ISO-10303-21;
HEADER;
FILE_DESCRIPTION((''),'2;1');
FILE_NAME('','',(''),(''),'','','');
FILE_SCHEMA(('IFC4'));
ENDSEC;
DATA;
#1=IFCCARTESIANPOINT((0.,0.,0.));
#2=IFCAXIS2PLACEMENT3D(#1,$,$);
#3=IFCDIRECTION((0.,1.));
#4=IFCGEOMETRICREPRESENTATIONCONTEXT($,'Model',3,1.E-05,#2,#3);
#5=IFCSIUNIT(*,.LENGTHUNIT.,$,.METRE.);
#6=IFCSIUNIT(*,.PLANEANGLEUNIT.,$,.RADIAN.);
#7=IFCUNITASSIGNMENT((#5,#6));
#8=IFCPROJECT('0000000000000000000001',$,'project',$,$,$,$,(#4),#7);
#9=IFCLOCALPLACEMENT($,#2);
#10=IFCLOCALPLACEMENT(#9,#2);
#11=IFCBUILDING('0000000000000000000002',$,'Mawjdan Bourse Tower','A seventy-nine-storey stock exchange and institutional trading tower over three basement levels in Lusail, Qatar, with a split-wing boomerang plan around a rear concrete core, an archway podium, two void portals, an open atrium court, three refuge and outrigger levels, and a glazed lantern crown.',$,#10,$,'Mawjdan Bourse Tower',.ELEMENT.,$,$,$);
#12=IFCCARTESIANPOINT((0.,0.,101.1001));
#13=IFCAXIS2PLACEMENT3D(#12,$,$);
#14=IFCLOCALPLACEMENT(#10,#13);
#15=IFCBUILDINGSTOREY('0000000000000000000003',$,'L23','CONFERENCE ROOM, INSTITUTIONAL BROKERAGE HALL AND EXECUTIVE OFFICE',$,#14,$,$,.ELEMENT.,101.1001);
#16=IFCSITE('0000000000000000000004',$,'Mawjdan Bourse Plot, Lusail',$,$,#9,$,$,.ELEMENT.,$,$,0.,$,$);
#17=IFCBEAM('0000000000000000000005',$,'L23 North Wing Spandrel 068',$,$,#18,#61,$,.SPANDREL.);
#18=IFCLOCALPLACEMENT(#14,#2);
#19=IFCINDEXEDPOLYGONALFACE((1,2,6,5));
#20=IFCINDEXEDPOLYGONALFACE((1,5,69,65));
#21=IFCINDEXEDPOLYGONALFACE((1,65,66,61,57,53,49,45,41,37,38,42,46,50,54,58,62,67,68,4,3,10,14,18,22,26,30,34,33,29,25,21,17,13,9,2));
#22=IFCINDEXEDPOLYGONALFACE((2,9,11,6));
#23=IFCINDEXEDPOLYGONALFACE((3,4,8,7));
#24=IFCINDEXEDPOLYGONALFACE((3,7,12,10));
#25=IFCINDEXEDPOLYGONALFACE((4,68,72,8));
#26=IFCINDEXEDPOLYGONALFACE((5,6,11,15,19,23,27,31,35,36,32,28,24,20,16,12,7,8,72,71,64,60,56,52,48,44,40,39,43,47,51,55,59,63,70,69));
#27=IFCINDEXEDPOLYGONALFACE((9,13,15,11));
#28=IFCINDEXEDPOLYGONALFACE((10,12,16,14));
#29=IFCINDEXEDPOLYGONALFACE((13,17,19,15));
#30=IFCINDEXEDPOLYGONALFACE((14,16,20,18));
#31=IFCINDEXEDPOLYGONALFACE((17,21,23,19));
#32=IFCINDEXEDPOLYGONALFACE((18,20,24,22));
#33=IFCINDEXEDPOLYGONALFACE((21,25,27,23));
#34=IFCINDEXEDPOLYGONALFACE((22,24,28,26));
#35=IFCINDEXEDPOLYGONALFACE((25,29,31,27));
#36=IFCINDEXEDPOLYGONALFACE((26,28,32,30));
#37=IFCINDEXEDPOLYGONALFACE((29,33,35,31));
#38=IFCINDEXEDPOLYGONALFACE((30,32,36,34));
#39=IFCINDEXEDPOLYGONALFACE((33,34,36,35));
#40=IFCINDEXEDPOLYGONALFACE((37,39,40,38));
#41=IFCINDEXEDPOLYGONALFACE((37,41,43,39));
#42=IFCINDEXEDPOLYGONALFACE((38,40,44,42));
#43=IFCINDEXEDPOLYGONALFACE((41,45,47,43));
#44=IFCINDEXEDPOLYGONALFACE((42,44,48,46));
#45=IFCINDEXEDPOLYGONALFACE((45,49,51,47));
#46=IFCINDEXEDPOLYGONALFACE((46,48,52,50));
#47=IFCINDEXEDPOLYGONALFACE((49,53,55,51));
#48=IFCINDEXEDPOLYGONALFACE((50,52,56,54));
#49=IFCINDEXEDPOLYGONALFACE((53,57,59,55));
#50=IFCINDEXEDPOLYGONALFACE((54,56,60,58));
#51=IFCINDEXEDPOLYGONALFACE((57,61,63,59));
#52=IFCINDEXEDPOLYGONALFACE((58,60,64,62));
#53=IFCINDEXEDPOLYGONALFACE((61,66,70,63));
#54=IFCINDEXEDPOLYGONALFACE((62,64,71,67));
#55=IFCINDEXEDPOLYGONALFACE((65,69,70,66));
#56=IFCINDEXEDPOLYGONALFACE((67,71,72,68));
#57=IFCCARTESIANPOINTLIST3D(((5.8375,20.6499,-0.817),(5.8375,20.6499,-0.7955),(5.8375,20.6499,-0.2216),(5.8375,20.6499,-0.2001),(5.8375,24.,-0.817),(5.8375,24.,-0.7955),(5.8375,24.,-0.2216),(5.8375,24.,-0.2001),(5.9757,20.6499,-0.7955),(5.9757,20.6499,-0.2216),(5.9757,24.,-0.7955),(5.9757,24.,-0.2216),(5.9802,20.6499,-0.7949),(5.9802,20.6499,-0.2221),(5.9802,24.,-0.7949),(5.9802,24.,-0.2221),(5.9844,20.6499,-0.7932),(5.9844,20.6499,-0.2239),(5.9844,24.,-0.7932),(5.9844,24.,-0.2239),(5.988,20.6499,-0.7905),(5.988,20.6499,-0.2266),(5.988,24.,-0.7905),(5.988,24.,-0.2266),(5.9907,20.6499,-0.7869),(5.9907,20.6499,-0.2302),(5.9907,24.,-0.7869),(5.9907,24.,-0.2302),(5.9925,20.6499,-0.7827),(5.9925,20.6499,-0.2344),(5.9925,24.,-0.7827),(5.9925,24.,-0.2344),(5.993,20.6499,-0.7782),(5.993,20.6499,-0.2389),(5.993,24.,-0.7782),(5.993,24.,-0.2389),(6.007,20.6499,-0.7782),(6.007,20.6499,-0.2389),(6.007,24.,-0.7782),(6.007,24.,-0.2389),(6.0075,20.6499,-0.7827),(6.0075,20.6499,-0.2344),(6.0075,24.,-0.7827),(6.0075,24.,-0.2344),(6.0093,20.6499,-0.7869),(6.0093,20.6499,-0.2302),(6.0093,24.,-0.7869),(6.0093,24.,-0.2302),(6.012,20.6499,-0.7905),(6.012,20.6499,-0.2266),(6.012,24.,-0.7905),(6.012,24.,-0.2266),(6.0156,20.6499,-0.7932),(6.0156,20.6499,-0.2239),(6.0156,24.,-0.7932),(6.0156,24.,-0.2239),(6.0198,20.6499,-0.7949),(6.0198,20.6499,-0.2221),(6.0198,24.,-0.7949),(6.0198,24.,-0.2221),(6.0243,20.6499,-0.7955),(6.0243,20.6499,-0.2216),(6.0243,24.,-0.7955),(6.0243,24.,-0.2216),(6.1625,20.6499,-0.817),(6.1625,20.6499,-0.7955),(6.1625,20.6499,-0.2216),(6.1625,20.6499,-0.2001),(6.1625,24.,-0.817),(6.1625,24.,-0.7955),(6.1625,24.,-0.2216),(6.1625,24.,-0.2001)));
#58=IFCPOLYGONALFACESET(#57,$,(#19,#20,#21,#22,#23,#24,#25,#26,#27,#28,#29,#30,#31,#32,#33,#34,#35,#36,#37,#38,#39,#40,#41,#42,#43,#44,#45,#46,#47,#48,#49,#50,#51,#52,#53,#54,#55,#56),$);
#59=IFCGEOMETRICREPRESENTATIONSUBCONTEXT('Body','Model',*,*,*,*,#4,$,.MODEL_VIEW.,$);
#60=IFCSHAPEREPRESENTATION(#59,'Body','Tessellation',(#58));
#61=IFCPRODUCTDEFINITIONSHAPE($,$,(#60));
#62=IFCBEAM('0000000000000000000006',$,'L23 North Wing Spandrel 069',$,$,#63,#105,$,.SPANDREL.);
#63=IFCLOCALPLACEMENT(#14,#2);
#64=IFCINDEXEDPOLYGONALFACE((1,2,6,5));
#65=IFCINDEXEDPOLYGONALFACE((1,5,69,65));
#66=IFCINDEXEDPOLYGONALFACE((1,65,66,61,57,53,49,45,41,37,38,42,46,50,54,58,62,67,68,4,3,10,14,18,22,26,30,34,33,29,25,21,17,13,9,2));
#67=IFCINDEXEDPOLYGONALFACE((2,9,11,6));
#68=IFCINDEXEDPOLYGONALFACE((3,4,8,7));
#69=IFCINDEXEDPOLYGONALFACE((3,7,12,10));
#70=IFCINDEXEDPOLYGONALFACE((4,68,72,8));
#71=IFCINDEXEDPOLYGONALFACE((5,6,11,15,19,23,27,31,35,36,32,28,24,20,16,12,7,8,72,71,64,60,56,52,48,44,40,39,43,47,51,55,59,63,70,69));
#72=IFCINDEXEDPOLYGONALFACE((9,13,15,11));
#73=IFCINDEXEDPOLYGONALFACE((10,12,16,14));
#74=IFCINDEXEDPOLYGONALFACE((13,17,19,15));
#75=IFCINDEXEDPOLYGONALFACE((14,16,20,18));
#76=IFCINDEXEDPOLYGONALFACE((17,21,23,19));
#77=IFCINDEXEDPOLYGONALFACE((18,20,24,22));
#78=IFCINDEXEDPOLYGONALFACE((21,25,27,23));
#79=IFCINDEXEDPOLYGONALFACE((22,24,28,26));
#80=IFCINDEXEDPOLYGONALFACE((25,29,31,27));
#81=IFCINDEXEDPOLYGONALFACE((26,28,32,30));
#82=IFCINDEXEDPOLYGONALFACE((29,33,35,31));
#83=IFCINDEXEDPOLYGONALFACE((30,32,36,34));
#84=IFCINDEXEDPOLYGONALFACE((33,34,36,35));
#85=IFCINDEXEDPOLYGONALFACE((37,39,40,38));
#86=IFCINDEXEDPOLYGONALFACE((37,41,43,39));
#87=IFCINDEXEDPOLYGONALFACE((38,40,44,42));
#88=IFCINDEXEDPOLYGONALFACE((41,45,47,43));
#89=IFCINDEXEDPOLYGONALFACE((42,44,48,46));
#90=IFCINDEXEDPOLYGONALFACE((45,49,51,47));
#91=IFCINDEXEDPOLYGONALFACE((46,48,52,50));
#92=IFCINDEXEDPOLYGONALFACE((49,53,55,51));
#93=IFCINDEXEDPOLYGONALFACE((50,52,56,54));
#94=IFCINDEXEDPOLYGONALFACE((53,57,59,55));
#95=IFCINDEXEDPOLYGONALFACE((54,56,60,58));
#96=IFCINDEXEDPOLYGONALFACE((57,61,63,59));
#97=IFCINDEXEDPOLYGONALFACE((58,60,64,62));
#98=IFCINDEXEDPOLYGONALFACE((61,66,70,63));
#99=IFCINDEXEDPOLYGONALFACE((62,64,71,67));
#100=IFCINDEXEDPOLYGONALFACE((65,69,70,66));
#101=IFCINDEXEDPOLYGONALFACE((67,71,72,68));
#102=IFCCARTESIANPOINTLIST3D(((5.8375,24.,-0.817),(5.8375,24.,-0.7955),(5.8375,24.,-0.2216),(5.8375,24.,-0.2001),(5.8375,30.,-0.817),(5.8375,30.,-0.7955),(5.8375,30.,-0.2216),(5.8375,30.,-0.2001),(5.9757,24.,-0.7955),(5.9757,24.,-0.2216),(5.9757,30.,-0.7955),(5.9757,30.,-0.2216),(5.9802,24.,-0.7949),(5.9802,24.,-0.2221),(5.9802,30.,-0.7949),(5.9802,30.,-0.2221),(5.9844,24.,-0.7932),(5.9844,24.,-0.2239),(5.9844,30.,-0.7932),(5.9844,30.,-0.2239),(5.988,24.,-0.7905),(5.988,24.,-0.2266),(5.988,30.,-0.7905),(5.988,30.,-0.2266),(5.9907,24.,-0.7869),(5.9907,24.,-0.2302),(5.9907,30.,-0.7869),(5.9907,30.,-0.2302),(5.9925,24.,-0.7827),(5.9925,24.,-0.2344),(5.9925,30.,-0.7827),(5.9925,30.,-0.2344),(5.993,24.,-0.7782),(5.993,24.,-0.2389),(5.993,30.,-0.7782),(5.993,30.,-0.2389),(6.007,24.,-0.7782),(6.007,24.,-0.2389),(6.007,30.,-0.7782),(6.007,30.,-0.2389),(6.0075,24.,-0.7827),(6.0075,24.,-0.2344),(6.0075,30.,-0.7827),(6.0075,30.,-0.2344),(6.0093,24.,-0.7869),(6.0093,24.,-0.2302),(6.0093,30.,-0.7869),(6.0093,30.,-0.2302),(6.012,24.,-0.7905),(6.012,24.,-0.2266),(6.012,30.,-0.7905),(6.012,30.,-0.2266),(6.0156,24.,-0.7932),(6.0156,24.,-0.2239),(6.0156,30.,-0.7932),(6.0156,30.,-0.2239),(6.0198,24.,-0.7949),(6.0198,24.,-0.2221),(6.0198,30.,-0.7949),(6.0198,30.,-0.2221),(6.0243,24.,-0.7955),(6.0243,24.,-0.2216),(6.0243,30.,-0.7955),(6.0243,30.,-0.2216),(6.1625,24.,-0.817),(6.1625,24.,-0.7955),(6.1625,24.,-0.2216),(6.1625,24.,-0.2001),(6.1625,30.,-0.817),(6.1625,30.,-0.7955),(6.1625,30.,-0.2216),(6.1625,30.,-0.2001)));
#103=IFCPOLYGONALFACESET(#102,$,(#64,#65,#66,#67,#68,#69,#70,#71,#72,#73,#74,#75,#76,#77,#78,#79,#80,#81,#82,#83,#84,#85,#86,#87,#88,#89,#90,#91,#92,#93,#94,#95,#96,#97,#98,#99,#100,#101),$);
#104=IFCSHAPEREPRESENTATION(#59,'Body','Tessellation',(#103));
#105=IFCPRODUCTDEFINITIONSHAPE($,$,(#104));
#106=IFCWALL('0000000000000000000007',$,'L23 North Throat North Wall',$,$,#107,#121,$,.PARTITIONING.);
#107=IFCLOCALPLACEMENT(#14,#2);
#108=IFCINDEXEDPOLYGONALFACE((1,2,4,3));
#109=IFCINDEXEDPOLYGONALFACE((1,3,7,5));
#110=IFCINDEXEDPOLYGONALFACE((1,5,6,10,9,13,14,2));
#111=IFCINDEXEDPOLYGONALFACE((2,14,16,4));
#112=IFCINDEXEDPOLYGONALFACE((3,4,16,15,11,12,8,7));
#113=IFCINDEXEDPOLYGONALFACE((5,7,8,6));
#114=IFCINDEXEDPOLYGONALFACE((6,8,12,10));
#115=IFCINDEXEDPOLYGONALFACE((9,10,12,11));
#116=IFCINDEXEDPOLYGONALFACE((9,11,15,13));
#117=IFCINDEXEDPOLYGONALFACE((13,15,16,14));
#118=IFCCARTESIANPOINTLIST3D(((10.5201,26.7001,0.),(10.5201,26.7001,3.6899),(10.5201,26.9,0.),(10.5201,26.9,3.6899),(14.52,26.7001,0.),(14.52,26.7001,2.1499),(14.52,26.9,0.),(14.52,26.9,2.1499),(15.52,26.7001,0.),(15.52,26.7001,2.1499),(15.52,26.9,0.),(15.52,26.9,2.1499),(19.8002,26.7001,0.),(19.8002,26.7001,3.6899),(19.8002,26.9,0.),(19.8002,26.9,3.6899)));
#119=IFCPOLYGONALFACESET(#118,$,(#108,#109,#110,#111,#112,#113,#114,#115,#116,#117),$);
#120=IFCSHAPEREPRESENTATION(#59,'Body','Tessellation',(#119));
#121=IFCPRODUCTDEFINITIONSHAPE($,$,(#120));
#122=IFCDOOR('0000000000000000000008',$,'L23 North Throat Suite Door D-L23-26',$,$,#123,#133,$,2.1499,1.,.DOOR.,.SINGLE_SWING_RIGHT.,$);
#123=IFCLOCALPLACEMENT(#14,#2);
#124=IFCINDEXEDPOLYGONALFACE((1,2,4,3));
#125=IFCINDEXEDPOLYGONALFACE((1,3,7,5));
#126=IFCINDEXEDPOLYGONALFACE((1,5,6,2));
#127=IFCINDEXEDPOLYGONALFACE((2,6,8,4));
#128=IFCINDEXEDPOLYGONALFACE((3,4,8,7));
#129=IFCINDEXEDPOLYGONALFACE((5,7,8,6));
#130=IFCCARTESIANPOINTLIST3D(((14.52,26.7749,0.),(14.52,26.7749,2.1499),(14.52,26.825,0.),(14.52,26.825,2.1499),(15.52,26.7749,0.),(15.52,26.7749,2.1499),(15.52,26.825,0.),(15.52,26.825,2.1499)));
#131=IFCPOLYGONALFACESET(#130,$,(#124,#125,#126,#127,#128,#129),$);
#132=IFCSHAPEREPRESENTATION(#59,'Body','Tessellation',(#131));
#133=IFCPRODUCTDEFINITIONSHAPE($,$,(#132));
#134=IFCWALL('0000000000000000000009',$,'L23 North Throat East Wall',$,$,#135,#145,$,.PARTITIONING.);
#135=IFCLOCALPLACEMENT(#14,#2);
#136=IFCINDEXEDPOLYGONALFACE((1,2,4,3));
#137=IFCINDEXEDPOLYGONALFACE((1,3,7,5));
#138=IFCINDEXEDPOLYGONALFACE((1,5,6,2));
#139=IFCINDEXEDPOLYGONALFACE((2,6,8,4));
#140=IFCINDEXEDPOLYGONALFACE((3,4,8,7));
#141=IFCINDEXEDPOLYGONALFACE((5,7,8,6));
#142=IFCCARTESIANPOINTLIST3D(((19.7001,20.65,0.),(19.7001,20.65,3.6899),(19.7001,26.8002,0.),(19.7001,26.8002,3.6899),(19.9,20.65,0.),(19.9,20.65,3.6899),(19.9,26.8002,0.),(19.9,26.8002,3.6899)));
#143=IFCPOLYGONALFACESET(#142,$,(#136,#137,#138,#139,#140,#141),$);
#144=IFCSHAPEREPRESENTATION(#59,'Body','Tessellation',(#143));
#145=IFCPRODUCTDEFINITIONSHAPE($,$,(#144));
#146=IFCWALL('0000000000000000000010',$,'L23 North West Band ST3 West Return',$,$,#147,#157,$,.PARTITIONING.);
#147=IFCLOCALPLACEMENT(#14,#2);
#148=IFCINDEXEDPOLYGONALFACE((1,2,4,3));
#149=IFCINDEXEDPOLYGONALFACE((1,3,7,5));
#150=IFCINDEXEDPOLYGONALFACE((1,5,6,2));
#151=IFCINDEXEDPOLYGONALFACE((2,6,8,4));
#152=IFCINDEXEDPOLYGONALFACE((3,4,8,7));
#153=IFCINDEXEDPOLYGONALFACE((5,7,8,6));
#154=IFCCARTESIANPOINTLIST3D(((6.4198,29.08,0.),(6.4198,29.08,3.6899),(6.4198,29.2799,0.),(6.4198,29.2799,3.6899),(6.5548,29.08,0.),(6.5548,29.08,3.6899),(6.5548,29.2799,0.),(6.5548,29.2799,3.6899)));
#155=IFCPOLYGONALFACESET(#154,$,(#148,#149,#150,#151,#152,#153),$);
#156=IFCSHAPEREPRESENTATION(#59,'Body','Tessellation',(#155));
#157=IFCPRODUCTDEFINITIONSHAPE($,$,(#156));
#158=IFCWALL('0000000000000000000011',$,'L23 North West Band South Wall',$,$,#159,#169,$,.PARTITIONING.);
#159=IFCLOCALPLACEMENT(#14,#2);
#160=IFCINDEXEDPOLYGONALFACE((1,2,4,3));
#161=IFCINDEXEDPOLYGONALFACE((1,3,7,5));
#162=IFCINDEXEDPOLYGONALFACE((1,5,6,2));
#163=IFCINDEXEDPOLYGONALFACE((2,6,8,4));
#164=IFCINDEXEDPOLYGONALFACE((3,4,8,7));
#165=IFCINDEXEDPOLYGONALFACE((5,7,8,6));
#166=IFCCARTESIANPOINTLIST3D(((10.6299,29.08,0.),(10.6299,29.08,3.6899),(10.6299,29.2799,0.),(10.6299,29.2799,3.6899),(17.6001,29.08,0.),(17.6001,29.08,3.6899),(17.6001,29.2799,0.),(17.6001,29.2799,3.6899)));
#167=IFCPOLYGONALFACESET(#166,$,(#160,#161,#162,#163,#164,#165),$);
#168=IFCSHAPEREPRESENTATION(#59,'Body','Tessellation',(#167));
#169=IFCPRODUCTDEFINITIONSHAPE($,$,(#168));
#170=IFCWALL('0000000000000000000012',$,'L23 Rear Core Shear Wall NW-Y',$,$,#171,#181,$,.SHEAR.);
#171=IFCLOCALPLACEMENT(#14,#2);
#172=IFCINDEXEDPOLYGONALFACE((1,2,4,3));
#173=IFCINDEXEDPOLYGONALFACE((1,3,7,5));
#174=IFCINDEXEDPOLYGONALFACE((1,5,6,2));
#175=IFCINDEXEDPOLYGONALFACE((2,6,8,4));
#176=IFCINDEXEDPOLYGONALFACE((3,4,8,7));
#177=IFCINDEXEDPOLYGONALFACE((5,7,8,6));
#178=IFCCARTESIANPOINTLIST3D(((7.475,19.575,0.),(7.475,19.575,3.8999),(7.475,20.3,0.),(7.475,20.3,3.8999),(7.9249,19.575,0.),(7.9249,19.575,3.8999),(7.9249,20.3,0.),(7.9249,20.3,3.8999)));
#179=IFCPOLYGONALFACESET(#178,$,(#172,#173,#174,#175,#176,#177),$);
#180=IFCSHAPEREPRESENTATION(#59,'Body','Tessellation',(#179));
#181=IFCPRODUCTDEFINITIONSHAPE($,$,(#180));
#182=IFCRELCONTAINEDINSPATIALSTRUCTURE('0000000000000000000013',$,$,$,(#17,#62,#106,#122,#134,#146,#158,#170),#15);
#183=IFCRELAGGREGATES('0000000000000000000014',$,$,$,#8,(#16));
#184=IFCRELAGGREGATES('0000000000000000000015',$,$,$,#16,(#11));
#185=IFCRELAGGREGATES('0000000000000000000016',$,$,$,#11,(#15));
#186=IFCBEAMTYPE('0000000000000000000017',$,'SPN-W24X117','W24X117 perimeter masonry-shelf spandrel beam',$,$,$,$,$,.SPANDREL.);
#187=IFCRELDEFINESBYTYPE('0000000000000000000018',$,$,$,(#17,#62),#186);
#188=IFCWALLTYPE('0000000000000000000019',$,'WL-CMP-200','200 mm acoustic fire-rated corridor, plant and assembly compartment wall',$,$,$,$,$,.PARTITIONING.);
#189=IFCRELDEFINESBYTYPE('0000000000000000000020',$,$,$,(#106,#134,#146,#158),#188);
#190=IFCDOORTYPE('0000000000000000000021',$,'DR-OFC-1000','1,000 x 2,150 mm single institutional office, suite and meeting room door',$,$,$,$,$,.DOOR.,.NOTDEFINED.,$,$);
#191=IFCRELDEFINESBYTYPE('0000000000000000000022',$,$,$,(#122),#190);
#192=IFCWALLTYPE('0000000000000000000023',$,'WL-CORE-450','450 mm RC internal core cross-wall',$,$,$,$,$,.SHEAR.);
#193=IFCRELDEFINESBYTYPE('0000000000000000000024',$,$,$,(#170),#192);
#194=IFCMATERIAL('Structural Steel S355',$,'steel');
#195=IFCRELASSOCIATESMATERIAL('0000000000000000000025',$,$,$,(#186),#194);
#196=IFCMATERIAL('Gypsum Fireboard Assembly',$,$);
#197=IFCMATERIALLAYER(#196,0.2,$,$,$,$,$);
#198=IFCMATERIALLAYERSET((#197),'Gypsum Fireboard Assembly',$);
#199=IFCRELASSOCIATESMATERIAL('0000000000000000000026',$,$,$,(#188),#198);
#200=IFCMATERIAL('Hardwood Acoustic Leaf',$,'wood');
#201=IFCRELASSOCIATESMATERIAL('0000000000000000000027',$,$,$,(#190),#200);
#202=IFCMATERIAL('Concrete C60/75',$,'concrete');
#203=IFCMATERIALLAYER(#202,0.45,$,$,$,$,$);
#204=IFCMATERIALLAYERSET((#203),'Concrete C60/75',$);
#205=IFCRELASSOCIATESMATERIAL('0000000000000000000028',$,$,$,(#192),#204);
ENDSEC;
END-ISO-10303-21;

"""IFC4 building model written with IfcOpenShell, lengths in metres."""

from ifc_helpers import new_model, si_unit, direction, frame, frame_2d, origin, origin_2d, place, context, subcontext, project, spatial, rectangle, i_section, extrude, material, layer, layer_set, material_profile, profile_set, type_object, element, fill, save


model = new_model("IFC4")

# Units and contexts
model_context = context("Model", 3, precision=1e-05, world=origin(), true_north=direction((0.0, 1.0)))
body_context = subcontext(model_context, "Body", "Model", "MODEL_VIEW")
ifc_project = project(units=[si_unit("LENGTHUNIT", "METRE"), si_unit("PLANEANGLEUNIT", "RADIAN")], contexts=[model_context])

# Site, building, storey
site_placement = place(None, origin())
site = spatial("IfcSite", under=ifc_project, at=site_placement, Name="Mawjdan Bourse Plot, Lusail", CompositionType="ELEMENT", RefElevation=0.0)
building_placement = place(site_placement, origin())
building = spatial("IfcBuilding", under=site, at=building_placement, Name="Mawjdan Bourse Tower", Description="A seventy-nine-storey stock exchange and institutional trading tower over three basement levels in Lusail, Qatar, with a split-wing boomerang plan around a rear concrete core, an archway podium, two void portals, an open atrium court, three refuge and outrigger levels, and a glazed lantern crown.", LongName="Mawjdan Bourse Tower", CompositionType="ELEMENT")
storey_placement = place(building_placement, frame((0.0, 0.0, 101.1001)))
storey = spatial("IfcBuildingStorey", under=building, at=storey_placement, Name="L23", Description="CONFERENCE ROOM, INSTITUTIONAL BROKERAGE HALL AND EXECUTIVE OFFICE", CompositionType="ELEMENT", Elevation=101.1001)

# Beams
ifc_material_1 = material(Name="Structural Steel S355", Category="steel")
ifc_material_profile_1 = material_profile(ifc_material_1, i_section(OverallWidth=0.325, OverallDepth=0.6169, WebThickness=0.0139, FlangeThickness=0.0215, FilletRadius=0.0173, at=origin_2d()), Name="W24X117")
ifc_profile_set_1 = profile_set([ifc_material_profile_1], Name="Structural Steel S355")
beam_type_1 = type_object("IfcBeamType", Name="SPN-W24X117", Description="W24X117 perimeter masonry-shelf spandrel beam", PredefinedType="SPANDREL", material=ifc_profile_set_1)
beam_1_placement = place(storey_placement, frame((6.0, 20.6499, -0.5085), z_axis=(0.0, 1.0, 0.0), x_axis=(-1.0, 0.0, 0.0)))
element("IfcBeam", 1, at=beam_1_placement, inside=storey, type_object=beam_type_1, Name="L23 North Wing Spandrel 068", PredefinedType="SPANDREL", context=body_context, shape_type="SweptSolid", body=[
    extrude(i_section(OverallWidth=0.325, OverallDepth=0.6169, WebThickness=0.0139, FlangeThickness=0.0215, FilletRadius=0.0173, at=origin_2d()), origin(), (0.0, 0.0, 1.0), 3.3501),
])
beam_2_placement = place(storey_placement, frame((6.0, 24.0, -0.5085), z_axis=(0.0, 1.0, 0.0), x_axis=(-1.0, 0.0, 0.0)))
element("IfcBeam", 2, at=beam_2_placement, inside=storey, type_object=beam_type_1, Name="L23 North Wing Spandrel 069", PredefinedType="SPANDREL", context=body_context, shape_type="SweptSolid", body=[
    extrude(i_section(OverallWidth=0.325, OverallDepth=0.6169, WebThickness=0.0139, FlangeThickness=0.0215, FilletRadius=0.0173, at=origin_2d()), origin(), (0.0, 0.0, 1.0), 6.0),
])

# Wall, opening, door
ifc_material_2 = material(Name="Gypsum Fireboard Assembly")
ifc_layer_1 = layer(ifc_material_2, 0.2)
ifc_layer_set_1 = layer_set([ifc_layer_1], Name="Gypsum Fireboard Assembly")
wall_type_1 = type_object("IfcWallType", Name="WL-CMP-200", Description="200 mm acoustic fire-rated corridor, plant and assembly compartment wall", PredefinedType="PARTITIONING", material=ifc_layer_set_1)
wall_1_placement = place(storey_placement, frame((10.52, 26.8, 0.0), z_axis=(0.0, 0.0, 1.0), x_axis=(1.0, 0.0, 0.0)))
wall_1 = element("IfcWall", 3, at=wall_1_placement, inside=storey, type_object=wall_type_1, Name="L23 North Throat North Wall", PredefinedType="PARTITIONING", context=body_context, shape_type="SweptSolid", body=[
    extrude(rectangle(XDim=9.28, YDim=0.2, at=frame_2d((4.6401, 0.0))), origin(), (0.0, 0.0, 1.0), 3.6899),
])
opening_1_placement = place(wall_1_placement, frame((4.0, 0.0, 0.0)))
opening_1 = element("IfcOpeningElement", 4, at=opening_1_placement, cuts=wall_1, PredefinedType="OPENING", context=body_context, shape_type="SweptSolid", body=[
    extrude(rectangle(XDim=1.0, YDim=2.1499, at=frame_2d((0.5, 1.075))), frame((0.0, 0.1099, 0.0), z_axis=(0.0, -1.0, 0.0), x_axis=(1.0, 0.0, 0.0)), (0.0, 0.0, 1.0), 0.22),
])
ifc_material_3 = material(Name="Hardwood Acoustic Leaf", Category="wood")
door_type_1 = type_object("IfcDoorType", Name="DR-OFC-1000", Description="1,000 x 2,150 mm single institutional office, suite and meeting room door", OperationType="NOTDEFINED", PredefinedType="DOOR", material=ifc_material_3)
door_1_placement = place(opening_1_placement, origin())
door_1 = element("IfcDoor", 5, at=door_1_placement, inside=storey, type_object=door_type_1, Name="L23 North Throat Suite Door D-L23-26", OperationType="SINGLE_SWING_RIGHT", OverallHeight=2.1499, OverallWidth=1.0, PredefinedType="DOOR", context=body_context, shape_type="SweptSolid", body=[
    extrude(rectangle(XDim=1.0, YDim=2.1499, at=frame_2d((0.5, 1.075))), frame((0.0, 0.0249, 0.0), z_axis=(0.0, -1.0, 0.0), x_axis=(1.0, 0.0, 0.0)), (0.0, 0.0, 1.0), 0.05),
])
fill(opening_1, door_1)

# Walls
wall_2_placement = place(storey_placement, frame((19.8, 20.6499, 0.0), z_axis=(0.0, 0.0, 1.0), x_axis=(0.0, 1.0, 0.0)))
element("IfcWall", 6, at=wall_2_placement, inside=storey, type_object=wall_type_1, Name="L23 North Throat East Wall", PredefinedType="PARTITIONING", context=body_context, shape_type="SweptSolid", body=[
    extrude(rectangle(XDim=6.1501, YDim=0.2, at=frame_2d((3.0752, 0.0))), origin(), (0.0, 0.0, 1.0), 3.6899),
])
wall_3_placement = place(storey_placement, frame((6.4199, 29.1799, 0.0), z_axis=(0.0, 0.0, 1.0), x_axis=(1.0, 0.0, 0.0)))
element("IfcWall", 7, at=wall_3_placement, inside=storey, type_object=wall_type_1, Name="L23 North West Band ST3 West Return", PredefinedType="PARTITIONING", context=body_context, shape_type="SweptSolid", body=[
    extrude(rectangle(XDim=0.135, YDim=0.2, at=frame_2d((0.0674, 0.0))), origin(), (0.0, 0.0, 1.0), 3.6899),
])
wall_4_placement = place(storey_placement, frame((10.6299, 29.1799, 0.0), z_axis=(0.0, 0.0, 1.0), x_axis=(1.0, 0.0, 0.0)))
element("IfcWall", 8, at=wall_4_placement, inside=storey, type_object=wall_type_1, Name="L23 North West Band South Wall", PredefinedType="PARTITIONING", context=body_context, shape_type="SweptSolid", body=[
    extrude(rectangle(XDim=6.9702, YDim=0.2, at=frame_2d((3.4851, 0.0))), origin(), (0.0, 0.0, 1.0), 3.6899),
])
ifc_material_4 = material(Name="Concrete C60/75", Category="concrete")
ifc_layer_2 = layer(ifc_material_4, 0.45)
ifc_layer_set_2 = layer_set([ifc_layer_2], Name="Concrete C60/75")
wall_type_2 = type_object("IfcWallType", Name="WL-CORE-450", Description="450 mm RC internal core cross-wall", PredefinedType="SHEAR", material=ifc_layer_set_2)
wall_5_placement = place(storey_placement, frame((7.7, 19.575, 0.0), z_axis=(0.0, 0.0, 1.0), x_axis=(0.0, 1.0, 0.0)))
element("IfcWall", 9, at=wall_5_placement, inside=storey, type_object=wall_type_2, Name="L23 Rear Core Shear Wall NW-Y", PredefinedType="SHEAR", context=body_context, shape_type="SweptSolid", body=[
    extrude(rectangle(XDim=0.7251, YDim=0.45, at=frame_2d((0.3625, 0.0))), origin(), (0.0, 0.0, 1.0), 3.8999),
])

save(model, "model.ifc")
